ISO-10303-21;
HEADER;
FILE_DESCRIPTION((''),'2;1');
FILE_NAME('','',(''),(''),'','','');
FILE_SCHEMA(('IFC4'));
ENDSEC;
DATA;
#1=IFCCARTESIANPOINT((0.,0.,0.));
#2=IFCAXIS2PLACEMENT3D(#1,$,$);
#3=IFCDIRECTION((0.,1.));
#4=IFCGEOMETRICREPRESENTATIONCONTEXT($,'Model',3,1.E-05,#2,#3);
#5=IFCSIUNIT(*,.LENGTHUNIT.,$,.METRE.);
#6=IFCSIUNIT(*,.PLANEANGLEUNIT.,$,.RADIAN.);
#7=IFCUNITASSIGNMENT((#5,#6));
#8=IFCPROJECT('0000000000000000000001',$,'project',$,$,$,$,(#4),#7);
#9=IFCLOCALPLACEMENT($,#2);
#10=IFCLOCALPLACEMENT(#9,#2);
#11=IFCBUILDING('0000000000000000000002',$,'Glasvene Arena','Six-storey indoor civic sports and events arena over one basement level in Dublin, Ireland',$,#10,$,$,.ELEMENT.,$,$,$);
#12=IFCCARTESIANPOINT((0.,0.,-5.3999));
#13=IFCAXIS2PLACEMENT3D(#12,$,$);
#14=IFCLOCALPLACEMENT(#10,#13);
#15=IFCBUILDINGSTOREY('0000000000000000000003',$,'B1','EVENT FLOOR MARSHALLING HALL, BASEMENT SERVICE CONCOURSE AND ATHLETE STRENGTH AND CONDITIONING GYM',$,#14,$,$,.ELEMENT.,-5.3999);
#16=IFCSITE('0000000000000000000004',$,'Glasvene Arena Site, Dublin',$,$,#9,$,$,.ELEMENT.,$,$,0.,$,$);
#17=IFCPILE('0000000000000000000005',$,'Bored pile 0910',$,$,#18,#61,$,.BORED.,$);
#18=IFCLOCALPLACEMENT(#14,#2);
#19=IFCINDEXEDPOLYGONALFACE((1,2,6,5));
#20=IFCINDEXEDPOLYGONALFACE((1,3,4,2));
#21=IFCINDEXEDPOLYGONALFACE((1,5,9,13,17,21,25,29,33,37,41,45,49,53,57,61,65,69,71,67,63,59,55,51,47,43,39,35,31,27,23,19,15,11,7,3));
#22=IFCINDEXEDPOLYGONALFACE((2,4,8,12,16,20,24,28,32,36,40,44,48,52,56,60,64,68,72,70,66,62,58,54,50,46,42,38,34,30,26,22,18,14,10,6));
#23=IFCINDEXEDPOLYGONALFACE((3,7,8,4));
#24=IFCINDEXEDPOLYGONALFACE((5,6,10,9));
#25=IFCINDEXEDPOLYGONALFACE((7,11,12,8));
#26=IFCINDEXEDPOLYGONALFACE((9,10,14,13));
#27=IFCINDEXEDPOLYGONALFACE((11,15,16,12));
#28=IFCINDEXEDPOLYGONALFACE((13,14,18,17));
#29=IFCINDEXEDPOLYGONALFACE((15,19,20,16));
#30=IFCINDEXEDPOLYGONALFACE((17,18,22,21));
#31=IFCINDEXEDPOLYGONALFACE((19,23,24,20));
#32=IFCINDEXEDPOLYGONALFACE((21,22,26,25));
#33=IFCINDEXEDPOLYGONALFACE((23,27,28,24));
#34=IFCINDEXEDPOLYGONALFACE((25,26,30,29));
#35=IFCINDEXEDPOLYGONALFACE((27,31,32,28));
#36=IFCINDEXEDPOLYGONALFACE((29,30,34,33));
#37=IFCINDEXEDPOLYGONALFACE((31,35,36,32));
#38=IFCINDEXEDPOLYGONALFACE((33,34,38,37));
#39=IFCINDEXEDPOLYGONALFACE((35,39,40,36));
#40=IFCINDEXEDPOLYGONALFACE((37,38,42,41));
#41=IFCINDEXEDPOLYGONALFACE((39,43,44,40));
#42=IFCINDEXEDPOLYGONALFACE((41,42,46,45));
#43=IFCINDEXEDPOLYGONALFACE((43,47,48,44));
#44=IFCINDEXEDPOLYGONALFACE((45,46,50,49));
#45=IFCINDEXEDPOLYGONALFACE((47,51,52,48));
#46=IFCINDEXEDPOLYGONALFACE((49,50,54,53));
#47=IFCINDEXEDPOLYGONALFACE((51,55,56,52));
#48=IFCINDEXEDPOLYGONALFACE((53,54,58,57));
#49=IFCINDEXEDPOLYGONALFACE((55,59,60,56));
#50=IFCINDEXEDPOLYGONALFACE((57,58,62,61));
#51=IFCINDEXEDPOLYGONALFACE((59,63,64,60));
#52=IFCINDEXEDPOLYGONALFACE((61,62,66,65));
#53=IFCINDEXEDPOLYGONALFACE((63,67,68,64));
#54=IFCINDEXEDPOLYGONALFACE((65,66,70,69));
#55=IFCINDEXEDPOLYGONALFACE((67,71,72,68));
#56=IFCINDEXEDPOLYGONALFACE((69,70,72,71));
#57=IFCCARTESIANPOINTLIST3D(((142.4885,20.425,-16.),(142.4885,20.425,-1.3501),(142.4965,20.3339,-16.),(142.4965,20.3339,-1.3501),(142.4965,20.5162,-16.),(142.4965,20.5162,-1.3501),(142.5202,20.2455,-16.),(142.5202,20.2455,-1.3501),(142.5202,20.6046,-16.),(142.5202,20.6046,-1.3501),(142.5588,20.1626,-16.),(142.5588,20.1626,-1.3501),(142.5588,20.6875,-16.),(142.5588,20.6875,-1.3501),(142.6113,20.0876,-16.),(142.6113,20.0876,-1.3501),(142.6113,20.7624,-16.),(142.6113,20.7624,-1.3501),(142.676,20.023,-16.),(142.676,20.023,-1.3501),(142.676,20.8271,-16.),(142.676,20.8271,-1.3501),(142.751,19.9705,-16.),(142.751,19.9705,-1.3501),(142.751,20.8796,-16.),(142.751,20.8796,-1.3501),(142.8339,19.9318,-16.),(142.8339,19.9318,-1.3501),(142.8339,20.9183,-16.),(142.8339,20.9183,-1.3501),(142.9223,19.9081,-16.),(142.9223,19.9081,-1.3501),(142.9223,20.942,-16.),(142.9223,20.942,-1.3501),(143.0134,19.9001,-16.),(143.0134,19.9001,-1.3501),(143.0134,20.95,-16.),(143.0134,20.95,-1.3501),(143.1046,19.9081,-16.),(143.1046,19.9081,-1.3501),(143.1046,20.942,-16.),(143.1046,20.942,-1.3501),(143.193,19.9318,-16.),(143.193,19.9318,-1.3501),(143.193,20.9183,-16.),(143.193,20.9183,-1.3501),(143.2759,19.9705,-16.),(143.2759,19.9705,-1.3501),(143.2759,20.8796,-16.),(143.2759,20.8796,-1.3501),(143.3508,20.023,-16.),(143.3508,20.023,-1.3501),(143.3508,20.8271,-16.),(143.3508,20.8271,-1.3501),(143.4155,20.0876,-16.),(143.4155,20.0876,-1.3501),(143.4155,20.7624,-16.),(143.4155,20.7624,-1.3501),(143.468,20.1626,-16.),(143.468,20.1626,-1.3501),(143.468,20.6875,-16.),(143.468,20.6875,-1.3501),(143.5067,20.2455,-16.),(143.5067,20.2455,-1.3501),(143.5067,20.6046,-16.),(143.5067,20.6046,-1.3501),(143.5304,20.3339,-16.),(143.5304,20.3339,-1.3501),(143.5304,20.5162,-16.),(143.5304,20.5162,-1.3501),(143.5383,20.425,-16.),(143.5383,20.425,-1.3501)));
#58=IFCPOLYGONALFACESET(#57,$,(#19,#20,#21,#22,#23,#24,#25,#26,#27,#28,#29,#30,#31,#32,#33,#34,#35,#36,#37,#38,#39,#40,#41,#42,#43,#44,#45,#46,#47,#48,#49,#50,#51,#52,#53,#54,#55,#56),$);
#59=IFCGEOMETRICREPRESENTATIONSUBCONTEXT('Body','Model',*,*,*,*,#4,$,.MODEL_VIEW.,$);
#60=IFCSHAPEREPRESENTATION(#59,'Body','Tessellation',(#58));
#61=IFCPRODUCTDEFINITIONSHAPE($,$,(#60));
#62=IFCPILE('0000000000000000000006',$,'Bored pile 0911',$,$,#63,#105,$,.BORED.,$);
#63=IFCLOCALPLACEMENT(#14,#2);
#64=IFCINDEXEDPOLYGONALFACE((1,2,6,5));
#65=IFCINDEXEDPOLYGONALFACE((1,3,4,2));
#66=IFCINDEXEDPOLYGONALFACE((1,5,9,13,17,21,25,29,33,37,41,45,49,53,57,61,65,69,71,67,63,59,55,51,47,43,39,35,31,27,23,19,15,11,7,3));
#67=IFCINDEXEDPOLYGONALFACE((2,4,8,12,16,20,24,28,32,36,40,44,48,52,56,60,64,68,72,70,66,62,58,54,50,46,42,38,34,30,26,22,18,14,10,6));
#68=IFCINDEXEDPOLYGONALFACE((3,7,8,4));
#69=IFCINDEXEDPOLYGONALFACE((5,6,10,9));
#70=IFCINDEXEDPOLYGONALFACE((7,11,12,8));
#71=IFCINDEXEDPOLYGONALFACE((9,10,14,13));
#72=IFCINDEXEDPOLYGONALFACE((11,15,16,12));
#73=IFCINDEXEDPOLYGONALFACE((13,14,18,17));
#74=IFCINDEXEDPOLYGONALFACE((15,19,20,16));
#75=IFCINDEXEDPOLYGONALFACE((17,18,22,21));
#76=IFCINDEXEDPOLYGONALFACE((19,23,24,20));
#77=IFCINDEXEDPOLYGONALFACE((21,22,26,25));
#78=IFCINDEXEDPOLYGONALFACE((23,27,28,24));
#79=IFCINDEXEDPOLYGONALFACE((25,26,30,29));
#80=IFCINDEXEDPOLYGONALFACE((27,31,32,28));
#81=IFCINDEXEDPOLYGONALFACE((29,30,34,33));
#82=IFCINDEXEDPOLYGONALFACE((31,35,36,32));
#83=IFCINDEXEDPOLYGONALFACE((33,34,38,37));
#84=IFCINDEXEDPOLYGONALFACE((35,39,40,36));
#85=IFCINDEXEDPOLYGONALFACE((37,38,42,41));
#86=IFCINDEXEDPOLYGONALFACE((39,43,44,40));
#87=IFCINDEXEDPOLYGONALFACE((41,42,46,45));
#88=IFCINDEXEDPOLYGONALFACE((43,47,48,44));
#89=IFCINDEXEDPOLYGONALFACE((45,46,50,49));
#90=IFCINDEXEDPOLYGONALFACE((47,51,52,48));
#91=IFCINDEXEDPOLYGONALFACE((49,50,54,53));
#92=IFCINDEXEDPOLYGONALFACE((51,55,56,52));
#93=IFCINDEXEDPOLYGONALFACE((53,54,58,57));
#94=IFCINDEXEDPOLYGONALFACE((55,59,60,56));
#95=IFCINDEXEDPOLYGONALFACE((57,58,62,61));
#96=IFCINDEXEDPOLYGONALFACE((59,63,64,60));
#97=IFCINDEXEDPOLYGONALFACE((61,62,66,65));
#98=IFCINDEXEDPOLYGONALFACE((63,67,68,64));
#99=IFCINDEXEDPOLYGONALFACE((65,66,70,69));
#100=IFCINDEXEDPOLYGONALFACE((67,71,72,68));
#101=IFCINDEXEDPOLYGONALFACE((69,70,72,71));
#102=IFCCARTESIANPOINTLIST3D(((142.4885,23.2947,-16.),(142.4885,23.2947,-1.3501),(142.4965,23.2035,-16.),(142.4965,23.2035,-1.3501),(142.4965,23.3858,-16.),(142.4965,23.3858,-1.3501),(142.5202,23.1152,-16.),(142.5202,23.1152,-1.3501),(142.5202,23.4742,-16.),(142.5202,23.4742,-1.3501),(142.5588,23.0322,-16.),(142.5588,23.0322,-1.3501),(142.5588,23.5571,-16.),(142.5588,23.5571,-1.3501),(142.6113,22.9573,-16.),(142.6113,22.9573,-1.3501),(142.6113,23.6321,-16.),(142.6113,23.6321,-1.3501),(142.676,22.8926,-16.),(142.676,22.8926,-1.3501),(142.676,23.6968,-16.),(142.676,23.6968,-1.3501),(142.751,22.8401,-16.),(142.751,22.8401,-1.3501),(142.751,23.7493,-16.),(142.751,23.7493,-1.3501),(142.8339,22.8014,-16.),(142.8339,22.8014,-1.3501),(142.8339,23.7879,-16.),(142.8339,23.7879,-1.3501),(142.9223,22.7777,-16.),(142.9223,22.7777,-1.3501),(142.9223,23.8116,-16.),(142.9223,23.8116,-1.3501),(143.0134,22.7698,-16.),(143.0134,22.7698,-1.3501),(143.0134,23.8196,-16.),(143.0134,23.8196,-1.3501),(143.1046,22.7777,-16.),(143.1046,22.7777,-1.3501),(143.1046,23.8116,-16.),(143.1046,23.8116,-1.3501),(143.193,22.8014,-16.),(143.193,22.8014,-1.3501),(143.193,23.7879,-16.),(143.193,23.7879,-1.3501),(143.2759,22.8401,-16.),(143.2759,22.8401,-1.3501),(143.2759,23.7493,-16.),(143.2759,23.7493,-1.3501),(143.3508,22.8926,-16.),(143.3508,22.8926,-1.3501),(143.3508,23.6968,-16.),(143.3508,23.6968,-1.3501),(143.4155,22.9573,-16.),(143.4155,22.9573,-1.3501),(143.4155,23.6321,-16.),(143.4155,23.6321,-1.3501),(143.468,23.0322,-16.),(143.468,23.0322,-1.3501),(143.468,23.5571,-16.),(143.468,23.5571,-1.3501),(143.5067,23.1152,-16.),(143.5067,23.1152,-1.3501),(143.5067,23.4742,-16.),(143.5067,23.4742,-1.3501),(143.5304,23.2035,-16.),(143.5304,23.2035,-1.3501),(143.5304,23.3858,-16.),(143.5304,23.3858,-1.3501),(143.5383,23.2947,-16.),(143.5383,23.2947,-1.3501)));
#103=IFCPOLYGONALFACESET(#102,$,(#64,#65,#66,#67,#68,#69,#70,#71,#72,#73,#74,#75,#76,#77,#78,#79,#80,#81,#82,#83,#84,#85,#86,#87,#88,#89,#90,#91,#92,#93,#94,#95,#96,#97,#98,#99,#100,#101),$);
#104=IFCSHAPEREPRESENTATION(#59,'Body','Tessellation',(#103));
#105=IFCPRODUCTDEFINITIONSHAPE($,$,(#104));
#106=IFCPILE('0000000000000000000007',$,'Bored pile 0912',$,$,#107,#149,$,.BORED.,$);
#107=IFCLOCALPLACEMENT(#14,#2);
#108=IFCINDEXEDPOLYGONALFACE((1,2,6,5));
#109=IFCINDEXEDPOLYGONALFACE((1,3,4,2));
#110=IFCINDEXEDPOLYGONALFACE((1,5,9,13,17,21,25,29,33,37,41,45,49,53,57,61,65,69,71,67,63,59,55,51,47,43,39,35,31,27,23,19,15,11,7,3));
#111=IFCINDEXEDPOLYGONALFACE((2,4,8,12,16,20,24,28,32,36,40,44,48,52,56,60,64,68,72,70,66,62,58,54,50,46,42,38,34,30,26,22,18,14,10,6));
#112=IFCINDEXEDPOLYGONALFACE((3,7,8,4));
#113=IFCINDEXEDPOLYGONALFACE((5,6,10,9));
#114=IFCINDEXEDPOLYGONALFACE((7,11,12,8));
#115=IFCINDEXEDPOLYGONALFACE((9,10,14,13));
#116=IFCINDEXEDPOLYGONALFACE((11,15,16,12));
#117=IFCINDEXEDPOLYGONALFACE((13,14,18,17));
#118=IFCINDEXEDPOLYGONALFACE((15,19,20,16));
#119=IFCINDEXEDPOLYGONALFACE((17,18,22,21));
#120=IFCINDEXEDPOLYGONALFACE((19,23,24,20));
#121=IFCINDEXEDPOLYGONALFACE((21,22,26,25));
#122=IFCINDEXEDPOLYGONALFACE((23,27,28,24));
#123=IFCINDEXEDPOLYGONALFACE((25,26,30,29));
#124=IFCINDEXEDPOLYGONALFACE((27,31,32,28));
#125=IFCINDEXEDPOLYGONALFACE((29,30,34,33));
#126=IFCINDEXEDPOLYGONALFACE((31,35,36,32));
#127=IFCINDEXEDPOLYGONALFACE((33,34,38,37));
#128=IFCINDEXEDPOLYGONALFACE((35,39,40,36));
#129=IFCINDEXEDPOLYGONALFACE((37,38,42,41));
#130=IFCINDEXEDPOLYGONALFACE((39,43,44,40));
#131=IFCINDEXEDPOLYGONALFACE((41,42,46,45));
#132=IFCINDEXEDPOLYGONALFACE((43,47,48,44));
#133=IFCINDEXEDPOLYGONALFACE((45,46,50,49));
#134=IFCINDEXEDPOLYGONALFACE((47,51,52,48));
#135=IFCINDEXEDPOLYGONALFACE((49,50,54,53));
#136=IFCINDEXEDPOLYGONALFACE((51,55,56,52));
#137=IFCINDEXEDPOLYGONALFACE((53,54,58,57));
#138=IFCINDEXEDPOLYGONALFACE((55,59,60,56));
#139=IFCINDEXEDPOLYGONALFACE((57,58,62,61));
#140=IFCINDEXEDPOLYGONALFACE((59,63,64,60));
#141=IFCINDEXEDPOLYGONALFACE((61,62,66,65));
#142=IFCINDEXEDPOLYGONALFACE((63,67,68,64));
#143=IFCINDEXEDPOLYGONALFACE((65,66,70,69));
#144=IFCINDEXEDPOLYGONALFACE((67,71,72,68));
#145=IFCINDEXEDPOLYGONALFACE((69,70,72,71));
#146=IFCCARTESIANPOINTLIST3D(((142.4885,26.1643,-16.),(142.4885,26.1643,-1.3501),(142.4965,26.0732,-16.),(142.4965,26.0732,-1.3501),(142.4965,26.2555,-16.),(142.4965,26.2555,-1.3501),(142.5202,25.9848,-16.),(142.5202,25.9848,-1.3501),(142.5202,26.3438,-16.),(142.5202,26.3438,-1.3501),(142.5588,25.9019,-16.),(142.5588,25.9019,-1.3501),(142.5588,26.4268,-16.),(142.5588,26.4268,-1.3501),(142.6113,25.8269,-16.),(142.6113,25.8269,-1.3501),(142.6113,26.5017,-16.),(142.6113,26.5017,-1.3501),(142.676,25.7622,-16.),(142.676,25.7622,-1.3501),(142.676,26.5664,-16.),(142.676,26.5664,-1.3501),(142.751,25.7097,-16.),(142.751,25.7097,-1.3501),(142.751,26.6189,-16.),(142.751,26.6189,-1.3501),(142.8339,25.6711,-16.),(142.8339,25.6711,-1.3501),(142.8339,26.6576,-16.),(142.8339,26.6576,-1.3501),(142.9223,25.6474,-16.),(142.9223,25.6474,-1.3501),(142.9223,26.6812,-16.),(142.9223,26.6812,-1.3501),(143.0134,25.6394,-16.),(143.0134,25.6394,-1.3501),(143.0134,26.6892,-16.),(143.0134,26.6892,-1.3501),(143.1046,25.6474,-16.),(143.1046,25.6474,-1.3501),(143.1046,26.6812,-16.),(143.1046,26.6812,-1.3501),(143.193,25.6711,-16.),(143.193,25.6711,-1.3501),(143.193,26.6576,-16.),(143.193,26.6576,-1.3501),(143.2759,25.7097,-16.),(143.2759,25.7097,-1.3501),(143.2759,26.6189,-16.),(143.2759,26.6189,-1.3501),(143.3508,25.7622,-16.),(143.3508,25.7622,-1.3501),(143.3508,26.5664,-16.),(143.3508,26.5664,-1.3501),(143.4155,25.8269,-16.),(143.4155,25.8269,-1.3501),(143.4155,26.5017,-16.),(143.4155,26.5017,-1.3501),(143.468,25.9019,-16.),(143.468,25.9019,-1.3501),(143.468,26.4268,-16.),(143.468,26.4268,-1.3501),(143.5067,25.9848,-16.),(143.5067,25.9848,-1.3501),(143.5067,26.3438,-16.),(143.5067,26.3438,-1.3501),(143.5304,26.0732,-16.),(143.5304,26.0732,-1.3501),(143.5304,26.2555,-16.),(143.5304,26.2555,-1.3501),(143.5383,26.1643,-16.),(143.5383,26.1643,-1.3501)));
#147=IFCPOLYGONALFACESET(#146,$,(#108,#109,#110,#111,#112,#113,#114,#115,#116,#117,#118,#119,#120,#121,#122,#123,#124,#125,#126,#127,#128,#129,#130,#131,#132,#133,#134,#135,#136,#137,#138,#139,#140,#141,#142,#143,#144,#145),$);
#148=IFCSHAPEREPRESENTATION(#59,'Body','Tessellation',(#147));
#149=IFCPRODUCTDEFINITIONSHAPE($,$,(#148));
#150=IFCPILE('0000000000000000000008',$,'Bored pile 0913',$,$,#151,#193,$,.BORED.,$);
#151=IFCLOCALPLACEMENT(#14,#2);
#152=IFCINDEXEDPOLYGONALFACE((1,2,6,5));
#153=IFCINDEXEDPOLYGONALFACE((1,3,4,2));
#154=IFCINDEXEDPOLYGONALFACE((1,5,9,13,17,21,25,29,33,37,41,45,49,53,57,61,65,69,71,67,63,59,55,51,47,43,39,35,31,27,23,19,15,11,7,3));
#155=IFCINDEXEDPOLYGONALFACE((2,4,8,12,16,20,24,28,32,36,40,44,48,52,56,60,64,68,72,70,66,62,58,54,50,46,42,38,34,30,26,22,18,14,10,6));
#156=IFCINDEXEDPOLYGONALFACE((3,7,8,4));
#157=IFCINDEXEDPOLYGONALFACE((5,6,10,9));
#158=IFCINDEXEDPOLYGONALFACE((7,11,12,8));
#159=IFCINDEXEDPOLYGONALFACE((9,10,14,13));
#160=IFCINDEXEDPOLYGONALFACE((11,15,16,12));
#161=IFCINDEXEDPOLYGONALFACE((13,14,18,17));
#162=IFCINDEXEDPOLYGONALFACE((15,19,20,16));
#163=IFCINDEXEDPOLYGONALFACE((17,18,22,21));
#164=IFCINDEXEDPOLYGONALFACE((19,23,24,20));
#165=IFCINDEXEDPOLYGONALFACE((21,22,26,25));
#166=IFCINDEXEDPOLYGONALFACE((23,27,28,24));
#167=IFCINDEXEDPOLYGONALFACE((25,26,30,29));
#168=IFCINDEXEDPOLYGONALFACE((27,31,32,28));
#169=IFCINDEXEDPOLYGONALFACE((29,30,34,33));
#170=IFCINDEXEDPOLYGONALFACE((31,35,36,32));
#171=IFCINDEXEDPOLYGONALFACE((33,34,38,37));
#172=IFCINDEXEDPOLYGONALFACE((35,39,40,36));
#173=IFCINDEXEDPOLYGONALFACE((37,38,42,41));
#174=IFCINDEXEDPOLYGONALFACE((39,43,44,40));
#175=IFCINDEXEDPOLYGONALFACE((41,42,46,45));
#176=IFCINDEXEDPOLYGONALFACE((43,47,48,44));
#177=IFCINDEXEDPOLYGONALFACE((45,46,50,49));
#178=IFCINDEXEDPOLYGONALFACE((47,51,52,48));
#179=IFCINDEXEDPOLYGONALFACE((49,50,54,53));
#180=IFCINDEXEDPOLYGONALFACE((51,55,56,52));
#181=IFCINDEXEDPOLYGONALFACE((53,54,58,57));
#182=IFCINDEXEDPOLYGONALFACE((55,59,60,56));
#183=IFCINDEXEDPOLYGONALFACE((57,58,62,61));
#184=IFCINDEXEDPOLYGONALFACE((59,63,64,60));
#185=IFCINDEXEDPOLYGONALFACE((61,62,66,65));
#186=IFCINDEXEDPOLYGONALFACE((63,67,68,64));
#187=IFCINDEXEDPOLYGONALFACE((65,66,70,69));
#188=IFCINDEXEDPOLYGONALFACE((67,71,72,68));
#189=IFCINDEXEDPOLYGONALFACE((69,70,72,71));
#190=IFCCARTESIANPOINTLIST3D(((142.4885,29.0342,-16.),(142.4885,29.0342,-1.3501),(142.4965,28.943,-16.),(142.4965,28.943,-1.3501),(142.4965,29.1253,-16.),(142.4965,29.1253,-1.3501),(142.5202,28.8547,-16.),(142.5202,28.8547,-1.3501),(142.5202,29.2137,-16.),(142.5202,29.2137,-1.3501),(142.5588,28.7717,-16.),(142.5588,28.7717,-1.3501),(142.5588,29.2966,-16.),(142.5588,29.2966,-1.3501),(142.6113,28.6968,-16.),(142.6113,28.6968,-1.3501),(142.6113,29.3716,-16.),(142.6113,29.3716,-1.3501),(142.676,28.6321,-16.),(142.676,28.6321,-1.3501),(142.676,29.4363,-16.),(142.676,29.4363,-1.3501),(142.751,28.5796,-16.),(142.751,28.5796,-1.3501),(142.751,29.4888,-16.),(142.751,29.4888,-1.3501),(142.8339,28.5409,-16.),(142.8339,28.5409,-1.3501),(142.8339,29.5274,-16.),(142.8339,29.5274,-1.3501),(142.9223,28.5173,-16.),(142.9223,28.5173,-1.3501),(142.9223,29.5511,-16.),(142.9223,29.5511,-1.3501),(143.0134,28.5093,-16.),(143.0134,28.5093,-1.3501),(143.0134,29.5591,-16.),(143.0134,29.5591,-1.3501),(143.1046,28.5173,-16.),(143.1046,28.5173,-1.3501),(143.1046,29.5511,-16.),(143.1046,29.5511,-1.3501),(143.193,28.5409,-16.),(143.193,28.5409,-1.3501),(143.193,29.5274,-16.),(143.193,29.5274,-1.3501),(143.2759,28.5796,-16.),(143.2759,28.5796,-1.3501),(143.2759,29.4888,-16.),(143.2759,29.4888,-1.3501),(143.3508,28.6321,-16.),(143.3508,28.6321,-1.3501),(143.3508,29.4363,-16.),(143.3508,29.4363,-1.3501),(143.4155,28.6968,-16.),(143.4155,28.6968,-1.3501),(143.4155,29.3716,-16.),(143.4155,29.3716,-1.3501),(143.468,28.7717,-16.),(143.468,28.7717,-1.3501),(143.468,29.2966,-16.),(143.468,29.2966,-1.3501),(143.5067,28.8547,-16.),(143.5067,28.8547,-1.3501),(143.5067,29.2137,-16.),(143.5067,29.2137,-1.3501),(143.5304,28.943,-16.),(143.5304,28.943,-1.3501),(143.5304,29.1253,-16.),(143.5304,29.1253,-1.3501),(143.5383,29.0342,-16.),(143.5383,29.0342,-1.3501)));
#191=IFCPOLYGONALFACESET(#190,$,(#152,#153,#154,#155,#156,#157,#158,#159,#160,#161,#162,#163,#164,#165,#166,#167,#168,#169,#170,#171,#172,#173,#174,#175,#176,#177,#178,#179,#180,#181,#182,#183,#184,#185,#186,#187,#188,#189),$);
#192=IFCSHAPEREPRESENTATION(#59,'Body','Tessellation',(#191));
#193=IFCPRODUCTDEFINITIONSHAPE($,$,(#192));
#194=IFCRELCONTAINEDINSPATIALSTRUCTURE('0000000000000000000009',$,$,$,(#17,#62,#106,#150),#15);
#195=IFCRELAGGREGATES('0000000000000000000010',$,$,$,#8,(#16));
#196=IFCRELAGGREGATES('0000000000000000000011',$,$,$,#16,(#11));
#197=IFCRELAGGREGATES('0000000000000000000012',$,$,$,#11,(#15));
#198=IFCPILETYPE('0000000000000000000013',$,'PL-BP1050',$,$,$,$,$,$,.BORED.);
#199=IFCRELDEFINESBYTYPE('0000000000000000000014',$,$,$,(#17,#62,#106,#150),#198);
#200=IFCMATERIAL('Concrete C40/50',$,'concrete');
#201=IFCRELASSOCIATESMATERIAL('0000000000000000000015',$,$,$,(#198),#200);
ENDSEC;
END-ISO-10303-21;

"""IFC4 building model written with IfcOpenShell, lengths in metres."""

from ifc_helpers import new_model, si_unit, direction, frame, origin, origin_2d, place, context, subcontext, project, spatial, circle, extrude, material, material_profile, profile_set, type_object, element, save


model = new_model("IFC4")

# Units and contexts
model_context = context("Model", 3, precision=1e-05, world=origin(), true_north=direction((0.0, 1.0)))
body_context = subcontext(model_context, "Body", "Model", "MODEL_VIEW")
ifc_project = project(units=[si_unit("LENGTHUNIT", "METRE"), si_unit("PLANEANGLEUNIT", "RADIAN")], contexts=[model_context])

# Site, building, storey
site_placement = place(None, origin())
site = spatial("IfcSite", under=ifc_project, at=site_placement, Name="Glasvene Arena Site, Dublin", CompositionType="ELEMENT", RefElevation=0.0)
building_placement = place(site_placement, origin())
building = spatial("IfcBuilding", under=site, at=building_placement, Name="Glasvene Arena", Description="Six-storey indoor civic sports and events arena over one basement level in Dublin, Ireland", CompositionType="ELEMENT")
storey_placement = place(building_placement, frame((0.0, 0.0, -5.3999)))
storey = spatial("IfcBuildingStorey", under=building, at=storey_placement, Name="B1", Description="EVENT FLOOR MARSHALLING HALL, BASEMENT SERVICE CONCOURSE AND ATHLETE STRENGTH AND CONDITIONING GYM", CompositionType="ELEMENT", Elevation=-5.3999)

# Piles
ifc_material = material(Name="Concrete C40/50", Category="concrete")
ifc_material_profile = material_profile(ifc_material, circle(Radius=0.5249, at=origin_2d()), Name="BORED PILE 1050")
ifc_profile_set = profile_set([ifc_material_profile], Name="Concrete C40/50")
pile_type = type_object("IfcPileType", Name="PL-BP1050", PredefinedType="BORED", material=ifc_profile_set)
for number, where, z_axis, x_axis, name in (
    (1, (143.0134, 20.425, -1.3501), (0.0, 0.0, -1.0), (1.0, 0.0, 0.0), "Bored pile 0910"),
    (2, (143.0134, 23.2947, -1.3501), (0.0, 0.0, -1.0), (1.0, 0.0, 0.0), "Bored pile 0911"),
    (3, (143.0134, 26.1643, -1.3501), (0.0, 0.0, -1.0), (1.0, 0.0, 0.0), "Bored pile 0912"),
    (4, (143.0134, 29.0342, -1.3501), (0.0, 0.0, -1.0), (1.0, 0.0, 0.0), "Bored pile 0913"),
):
    element("IfcPile", number, at=place(storey_placement, frame(where, z_axis=z_axis, x_axis=x_axis)), inside=storey, type_object=pile_type, Name=name, PredefinedType="BORED", context=body_context, shape_type="SweptSolid", body=[
        extrude(circle(Radius=0.5249, at=origin_2d()), origin(), (0.0, 0.0, 1.0), 14.6499),
    ])

save(model, "model.ifc")
